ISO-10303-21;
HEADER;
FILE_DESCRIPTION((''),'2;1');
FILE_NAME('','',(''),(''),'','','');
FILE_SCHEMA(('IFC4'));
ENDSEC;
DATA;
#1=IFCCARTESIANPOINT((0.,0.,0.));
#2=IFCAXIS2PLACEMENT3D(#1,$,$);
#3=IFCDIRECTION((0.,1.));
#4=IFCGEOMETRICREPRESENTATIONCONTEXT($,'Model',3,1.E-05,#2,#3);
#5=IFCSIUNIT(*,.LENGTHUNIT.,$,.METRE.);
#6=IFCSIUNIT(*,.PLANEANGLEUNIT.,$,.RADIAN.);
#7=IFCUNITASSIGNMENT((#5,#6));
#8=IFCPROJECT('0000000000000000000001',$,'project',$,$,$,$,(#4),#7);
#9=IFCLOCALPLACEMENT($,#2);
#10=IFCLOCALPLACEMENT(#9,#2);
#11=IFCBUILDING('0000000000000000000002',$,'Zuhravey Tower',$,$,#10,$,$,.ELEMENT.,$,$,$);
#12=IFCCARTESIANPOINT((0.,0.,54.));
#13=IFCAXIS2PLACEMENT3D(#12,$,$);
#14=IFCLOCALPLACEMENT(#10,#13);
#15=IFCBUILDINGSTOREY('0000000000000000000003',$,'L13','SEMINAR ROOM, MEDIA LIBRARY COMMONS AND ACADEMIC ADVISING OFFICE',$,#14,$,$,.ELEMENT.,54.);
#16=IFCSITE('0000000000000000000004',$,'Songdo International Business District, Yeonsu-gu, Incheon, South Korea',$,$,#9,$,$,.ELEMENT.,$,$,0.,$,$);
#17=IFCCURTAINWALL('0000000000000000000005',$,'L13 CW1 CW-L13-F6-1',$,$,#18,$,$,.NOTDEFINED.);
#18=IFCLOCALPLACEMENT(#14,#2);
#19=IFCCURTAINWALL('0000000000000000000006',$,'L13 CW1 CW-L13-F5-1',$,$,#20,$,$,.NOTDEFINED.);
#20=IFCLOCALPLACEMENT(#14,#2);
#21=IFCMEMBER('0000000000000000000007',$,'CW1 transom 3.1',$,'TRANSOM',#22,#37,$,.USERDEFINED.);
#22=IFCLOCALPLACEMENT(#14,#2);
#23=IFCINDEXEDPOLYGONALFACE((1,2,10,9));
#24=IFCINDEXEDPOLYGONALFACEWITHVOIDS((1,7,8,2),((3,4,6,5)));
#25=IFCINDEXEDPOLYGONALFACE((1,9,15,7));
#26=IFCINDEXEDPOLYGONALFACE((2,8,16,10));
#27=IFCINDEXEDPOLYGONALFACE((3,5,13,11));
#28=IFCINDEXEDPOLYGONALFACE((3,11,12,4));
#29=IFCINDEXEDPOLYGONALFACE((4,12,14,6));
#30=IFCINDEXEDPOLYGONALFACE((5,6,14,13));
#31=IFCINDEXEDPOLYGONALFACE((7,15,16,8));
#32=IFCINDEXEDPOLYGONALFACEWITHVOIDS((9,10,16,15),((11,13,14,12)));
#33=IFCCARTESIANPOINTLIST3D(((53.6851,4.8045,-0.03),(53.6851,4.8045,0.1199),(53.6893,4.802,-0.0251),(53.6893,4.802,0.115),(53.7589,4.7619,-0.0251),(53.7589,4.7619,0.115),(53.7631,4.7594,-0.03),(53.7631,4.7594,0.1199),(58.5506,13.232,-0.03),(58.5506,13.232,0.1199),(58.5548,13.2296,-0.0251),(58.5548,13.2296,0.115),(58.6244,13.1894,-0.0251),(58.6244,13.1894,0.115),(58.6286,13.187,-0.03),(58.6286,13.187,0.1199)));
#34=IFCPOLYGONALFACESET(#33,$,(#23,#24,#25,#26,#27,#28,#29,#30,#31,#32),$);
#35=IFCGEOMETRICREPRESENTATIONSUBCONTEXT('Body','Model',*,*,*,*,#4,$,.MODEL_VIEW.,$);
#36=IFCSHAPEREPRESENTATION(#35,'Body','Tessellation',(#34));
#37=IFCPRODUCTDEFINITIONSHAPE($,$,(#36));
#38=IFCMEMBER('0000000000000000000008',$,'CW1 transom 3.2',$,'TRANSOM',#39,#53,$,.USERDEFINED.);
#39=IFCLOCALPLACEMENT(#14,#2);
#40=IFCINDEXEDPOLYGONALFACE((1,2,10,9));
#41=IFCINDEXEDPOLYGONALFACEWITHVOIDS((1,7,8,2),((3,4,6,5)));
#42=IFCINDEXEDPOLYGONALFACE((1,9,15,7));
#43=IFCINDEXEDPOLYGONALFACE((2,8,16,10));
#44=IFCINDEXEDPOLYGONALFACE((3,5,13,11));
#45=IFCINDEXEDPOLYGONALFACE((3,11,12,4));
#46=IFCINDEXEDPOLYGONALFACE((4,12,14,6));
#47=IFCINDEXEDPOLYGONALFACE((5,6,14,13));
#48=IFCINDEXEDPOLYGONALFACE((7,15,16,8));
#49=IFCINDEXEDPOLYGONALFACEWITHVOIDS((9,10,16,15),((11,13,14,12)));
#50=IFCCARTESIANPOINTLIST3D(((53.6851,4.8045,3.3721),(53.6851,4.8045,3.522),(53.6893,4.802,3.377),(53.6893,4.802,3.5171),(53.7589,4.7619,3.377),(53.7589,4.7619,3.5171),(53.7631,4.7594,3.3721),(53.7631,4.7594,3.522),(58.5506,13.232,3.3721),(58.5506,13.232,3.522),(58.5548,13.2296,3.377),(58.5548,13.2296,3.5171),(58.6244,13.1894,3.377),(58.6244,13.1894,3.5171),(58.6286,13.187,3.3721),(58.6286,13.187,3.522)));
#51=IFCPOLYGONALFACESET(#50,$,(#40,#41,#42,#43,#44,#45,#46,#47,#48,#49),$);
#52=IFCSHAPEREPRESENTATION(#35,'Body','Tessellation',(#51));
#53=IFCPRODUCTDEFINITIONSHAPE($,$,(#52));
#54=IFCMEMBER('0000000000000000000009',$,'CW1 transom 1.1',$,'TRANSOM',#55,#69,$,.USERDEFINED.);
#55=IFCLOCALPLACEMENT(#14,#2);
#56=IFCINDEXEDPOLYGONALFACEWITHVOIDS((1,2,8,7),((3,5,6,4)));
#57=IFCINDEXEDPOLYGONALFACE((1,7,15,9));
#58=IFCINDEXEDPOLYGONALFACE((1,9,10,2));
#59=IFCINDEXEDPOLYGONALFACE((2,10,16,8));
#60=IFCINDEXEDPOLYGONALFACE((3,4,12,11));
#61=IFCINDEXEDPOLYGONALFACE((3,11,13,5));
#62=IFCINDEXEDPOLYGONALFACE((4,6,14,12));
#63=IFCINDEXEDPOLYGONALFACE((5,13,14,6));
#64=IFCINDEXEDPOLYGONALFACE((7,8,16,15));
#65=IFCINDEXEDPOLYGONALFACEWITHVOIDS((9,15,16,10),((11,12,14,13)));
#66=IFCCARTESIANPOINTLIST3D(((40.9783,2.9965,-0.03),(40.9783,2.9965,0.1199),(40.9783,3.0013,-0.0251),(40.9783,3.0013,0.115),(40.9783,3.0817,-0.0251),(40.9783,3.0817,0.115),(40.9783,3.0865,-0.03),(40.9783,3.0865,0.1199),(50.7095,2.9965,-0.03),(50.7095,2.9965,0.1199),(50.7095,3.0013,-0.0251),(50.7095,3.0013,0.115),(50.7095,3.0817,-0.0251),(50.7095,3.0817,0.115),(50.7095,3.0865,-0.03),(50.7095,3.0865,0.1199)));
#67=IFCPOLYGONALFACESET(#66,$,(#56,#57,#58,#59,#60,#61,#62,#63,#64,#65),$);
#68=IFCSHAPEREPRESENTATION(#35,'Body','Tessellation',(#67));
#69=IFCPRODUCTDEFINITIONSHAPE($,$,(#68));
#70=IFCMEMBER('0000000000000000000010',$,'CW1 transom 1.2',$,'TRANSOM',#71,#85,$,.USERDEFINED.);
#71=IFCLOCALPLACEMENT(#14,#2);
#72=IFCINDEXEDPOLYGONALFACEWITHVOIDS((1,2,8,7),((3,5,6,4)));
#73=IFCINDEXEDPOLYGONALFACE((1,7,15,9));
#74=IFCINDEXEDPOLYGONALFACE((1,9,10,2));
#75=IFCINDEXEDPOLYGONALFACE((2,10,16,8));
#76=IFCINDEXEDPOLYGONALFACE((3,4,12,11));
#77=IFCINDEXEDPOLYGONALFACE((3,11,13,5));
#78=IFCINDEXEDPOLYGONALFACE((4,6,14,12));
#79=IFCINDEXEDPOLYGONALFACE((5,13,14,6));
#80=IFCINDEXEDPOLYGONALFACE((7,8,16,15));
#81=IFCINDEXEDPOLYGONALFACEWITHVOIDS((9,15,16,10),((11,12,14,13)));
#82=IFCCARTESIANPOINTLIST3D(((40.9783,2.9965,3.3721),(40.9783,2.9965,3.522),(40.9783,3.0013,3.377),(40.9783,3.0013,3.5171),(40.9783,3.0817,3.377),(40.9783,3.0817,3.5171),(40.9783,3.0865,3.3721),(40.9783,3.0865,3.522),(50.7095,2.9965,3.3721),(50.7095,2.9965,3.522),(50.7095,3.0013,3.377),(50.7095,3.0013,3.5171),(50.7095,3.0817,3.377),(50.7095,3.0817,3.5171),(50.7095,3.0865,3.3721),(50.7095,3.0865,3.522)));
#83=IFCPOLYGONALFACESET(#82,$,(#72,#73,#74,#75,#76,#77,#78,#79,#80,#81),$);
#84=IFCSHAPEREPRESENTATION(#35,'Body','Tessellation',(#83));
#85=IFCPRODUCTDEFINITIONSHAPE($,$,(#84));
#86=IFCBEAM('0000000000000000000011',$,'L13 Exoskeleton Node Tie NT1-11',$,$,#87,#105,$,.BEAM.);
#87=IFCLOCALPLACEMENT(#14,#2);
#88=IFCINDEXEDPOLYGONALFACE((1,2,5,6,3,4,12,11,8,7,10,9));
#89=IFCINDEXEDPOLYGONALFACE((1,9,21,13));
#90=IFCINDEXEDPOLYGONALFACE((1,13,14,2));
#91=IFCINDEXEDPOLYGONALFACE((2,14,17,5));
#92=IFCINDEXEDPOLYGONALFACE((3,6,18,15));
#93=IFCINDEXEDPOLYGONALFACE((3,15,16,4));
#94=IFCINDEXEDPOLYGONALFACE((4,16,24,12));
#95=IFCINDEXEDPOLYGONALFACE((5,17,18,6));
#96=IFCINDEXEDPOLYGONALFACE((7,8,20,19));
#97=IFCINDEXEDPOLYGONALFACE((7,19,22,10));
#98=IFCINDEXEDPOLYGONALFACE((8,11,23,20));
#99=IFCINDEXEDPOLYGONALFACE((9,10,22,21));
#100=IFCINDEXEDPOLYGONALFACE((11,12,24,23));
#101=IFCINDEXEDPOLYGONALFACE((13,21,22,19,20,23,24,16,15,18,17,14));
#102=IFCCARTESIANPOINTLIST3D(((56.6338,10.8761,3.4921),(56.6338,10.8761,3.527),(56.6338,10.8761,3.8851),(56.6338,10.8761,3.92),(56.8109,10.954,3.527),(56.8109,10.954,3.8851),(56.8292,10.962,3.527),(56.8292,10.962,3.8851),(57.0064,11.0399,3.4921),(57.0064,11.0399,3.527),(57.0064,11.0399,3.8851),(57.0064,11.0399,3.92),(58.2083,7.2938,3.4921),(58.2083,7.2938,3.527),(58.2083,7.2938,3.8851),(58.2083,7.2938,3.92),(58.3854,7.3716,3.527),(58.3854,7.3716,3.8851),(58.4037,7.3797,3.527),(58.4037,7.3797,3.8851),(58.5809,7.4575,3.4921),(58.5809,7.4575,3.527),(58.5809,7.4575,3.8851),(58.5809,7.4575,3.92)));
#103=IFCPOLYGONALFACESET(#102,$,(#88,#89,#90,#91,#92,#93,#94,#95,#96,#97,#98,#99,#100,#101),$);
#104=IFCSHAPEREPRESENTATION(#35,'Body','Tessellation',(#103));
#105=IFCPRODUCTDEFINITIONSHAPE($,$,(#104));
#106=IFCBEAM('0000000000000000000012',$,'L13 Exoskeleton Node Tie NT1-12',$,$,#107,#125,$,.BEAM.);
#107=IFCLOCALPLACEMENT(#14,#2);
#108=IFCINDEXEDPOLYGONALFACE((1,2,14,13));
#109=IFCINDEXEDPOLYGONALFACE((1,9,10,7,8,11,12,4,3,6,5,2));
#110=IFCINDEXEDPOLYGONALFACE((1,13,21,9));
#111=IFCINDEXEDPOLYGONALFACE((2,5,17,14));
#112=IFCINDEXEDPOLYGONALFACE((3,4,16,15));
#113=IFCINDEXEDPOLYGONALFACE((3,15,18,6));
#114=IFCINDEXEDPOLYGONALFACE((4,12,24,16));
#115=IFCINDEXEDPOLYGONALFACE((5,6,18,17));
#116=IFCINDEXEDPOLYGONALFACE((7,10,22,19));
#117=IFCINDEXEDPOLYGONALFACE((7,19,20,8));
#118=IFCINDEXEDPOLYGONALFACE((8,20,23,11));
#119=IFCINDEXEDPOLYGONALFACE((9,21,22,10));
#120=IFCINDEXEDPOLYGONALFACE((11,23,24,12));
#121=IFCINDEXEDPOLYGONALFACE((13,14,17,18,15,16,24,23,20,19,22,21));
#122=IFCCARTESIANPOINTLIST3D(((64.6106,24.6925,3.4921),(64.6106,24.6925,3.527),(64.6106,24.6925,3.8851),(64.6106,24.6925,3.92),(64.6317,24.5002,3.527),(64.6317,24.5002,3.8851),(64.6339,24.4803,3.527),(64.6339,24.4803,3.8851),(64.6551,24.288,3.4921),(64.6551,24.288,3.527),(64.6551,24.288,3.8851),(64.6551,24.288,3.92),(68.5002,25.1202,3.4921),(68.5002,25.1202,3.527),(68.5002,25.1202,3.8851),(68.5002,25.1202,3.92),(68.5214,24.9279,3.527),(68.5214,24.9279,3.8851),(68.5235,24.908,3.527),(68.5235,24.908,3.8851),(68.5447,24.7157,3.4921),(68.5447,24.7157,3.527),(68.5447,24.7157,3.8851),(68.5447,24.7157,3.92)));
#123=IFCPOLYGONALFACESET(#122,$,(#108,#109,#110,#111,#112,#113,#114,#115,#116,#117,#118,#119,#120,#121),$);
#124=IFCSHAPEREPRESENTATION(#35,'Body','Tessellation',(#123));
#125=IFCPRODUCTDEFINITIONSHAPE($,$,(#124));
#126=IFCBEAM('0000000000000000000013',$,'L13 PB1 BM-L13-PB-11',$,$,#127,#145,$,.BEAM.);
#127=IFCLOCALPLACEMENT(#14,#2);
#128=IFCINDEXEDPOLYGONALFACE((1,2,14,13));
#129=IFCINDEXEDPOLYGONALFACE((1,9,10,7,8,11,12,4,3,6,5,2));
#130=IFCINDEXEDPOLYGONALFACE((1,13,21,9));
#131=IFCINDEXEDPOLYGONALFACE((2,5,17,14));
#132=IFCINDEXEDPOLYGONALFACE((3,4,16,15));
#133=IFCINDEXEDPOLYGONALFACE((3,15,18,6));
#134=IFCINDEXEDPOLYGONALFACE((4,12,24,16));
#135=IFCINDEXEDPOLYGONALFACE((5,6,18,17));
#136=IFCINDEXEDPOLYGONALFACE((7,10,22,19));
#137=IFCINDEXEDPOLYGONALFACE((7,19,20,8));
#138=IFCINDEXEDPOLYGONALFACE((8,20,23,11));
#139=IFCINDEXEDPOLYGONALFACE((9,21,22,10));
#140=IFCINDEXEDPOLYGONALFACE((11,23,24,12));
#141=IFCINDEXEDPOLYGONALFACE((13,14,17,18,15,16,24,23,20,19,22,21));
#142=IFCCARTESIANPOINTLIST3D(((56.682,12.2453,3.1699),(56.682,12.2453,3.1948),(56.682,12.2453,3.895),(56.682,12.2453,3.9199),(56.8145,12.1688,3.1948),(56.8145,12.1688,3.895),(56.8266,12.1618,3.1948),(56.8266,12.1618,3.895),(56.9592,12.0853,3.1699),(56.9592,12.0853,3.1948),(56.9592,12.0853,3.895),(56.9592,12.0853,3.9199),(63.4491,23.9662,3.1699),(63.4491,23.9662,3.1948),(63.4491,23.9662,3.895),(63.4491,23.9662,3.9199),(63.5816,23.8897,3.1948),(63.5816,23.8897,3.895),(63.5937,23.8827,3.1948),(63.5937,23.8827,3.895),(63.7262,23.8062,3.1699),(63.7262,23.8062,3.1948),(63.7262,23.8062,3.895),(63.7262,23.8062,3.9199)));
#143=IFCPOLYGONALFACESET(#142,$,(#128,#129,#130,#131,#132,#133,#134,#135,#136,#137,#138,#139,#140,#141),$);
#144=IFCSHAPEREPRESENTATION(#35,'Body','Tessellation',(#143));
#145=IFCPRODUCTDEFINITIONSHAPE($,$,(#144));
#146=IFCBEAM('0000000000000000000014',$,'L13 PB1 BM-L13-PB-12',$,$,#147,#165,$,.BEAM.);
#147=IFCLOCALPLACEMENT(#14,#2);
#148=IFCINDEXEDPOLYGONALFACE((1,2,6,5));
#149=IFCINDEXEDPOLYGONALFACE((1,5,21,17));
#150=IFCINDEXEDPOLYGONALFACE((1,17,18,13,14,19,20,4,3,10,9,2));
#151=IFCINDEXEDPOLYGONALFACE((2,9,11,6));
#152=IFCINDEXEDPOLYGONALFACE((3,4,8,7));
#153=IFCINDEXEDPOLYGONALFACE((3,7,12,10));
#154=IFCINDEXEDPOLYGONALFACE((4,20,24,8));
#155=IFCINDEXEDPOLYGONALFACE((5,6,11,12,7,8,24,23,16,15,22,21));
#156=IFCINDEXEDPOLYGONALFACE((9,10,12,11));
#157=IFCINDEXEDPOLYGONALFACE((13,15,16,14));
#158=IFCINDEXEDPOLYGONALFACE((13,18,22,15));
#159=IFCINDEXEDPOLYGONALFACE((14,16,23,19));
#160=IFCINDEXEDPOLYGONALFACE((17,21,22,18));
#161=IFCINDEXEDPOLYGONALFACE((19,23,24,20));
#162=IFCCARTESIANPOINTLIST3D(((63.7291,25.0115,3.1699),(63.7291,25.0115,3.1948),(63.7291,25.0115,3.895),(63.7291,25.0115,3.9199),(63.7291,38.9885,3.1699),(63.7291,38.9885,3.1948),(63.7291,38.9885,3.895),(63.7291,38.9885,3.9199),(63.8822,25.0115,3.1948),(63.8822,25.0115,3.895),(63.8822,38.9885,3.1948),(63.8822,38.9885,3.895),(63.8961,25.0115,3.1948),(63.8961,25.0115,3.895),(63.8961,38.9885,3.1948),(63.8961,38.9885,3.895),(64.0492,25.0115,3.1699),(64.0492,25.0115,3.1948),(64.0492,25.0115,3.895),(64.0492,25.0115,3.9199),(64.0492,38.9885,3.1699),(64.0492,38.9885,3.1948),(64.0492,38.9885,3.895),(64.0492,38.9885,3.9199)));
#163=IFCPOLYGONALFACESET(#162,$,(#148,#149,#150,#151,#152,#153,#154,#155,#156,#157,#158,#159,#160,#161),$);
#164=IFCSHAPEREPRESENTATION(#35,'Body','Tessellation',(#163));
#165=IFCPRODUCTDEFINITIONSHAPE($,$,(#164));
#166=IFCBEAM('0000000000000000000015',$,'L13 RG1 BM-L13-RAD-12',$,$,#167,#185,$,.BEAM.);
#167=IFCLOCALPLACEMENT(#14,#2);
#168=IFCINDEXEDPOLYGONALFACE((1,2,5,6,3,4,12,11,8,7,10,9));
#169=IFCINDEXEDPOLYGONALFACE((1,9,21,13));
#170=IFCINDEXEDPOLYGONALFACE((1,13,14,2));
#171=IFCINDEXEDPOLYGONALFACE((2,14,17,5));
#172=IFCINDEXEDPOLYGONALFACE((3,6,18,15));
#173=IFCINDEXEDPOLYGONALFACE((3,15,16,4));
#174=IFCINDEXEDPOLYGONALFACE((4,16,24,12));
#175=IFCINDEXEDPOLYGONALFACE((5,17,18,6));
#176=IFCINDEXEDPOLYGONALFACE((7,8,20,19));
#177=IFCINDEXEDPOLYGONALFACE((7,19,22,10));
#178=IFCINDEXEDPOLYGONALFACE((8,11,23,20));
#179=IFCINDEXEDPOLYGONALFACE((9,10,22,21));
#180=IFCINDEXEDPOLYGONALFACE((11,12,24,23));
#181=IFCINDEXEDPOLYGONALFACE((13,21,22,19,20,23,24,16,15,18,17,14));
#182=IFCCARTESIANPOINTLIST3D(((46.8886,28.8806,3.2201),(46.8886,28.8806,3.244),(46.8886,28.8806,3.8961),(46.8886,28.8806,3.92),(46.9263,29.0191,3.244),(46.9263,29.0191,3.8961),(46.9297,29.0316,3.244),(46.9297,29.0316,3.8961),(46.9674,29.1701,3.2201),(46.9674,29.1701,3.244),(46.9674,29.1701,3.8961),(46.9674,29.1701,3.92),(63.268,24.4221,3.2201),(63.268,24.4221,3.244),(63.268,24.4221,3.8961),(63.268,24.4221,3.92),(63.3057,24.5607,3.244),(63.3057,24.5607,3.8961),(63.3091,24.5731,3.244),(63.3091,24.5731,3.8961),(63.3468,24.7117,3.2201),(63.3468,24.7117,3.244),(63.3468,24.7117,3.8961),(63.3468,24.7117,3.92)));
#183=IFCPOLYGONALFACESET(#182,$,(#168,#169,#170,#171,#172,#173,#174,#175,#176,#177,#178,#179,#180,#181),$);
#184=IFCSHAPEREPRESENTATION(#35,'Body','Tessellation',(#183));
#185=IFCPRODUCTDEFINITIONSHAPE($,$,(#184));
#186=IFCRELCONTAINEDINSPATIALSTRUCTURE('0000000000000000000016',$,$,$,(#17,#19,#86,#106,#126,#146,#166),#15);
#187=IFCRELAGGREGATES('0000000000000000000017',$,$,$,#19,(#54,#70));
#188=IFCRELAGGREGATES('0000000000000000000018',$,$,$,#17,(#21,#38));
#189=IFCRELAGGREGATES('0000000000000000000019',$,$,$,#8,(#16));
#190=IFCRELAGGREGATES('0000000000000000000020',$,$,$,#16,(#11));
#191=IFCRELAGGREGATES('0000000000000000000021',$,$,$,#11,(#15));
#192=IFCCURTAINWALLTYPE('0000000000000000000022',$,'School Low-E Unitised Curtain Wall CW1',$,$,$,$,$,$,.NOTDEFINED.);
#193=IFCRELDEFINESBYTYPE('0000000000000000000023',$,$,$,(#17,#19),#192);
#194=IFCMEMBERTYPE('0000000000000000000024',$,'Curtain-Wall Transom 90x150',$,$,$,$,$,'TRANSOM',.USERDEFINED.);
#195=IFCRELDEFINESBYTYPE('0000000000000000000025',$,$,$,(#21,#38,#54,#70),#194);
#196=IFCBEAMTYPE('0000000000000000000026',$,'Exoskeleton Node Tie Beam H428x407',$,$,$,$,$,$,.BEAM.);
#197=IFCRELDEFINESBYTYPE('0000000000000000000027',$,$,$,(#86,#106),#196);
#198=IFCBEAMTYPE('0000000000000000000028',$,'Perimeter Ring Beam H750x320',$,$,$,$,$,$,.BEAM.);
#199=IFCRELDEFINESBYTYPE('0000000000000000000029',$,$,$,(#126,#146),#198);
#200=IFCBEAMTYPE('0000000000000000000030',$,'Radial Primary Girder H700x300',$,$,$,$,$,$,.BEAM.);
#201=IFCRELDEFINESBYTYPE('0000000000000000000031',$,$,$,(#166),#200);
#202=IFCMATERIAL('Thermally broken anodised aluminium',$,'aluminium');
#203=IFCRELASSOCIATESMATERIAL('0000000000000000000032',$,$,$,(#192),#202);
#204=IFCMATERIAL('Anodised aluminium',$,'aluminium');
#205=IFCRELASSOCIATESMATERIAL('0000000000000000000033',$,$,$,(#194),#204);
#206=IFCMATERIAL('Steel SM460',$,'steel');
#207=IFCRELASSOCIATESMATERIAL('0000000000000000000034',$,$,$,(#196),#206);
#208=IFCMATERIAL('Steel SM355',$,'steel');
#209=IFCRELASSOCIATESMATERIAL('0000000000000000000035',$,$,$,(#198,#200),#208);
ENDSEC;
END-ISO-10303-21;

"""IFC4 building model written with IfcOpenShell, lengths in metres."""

from ifc_helpers import new_model, si_unit, direction, frame, origin, origin_2d, place, context, subcontext, project, spatial, hollow_rectangle, i_section, extrude, material, material_profile, profile_set, type_object, element, aggregate, save


model = new_model("IFC4")

# Units and contexts
model_context = context("Model", 3, precision=1e-05, world=origin(), true_north=direction((0.0, 1.0)))
body_context = subcontext(model_context, "Body", "Model", "MODEL_VIEW")
ifc_project = project(units=[si_unit("LENGTHUNIT", "METRE"), si_unit("PLANEANGLEUNIT", "RADIAN")], contexts=[model_context])

# Site, building, storey
site_placement = place(None, origin())
site = spatial("IfcSite", under=ifc_project, at=site_placement, Name="Songdo International Business District, Yeonsu-gu, Incheon, South Korea", CompositionType="ELEMENT", RefElevation=0.0)
building_placement = place(site_placement, origin())
building = spatial("IfcBuilding", under=site, at=building_placement, Name="Zuhravey Tower", CompositionType="ELEMENT")
storey_placement = place(building_placement, frame((0.0, 0.0, 54.0)))
storey = spatial("IfcBuildingStorey", under=building, at=storey_placement, Name="L13", Description="SEMINAR ROOM, MEDIA LIBRARY COMMONS AND ACADEMIC ADVISING OFFICE", CompositionType="ELEMENT", Elevation=54.0)

# Curtain wall
ifc_material_1 = material(Name="Thermally broken anodised aluminium", Category="aluminium")
curtain_wall_type = type_object("IfcCurtainWallType", Name="School Low-E Unitised Curtain Wall CW1", PredefinedType="NOTDEFINED", material=ifc_material_1)
curtain_wall_1_placement = place(storey_placement, origin())
curtain_wall_1 = element("IfcCurtainWall", 1, at=curtain_wall_1_placement, inside=storey, type_object=curtain_wall_type, Name="L13 CW1 CW-L13-F6-1", PredefinedType="NOTDEFINED")
ifc_material_2 = material(Name="Anodised aluminium", Category="aluminium")

# Curtain wall
curtain_wall_2_placement = place(storey_placement, origin())
curtain_wall_2 = element("IfcCurtainWall", 2, at=curtain_wall_2_placement, inside=storey, type_object=curtain_wall_type, Name="L13 CW1 CW-L13-F5-1", PredefinedType="NOTDEFINED")

# Members
ifc_material_profile_1 = material_profile(ifc_material_2, hollow_rectangle(XDim=0.0901, YDim=0.1499, WallThickness=0.0049, at=origin_2d()), Name="ALU-RHS-90x150x5")
ifc_profile_set_1 = profile_set([ifc_material_profile_1], Name="Anodised aluminium")
member_type_1 = type_object("IfcMemberType", Name="Curtain-Wall Transom 90x150", ElementType="TRANSOM", PredefinedType="USERDEFINED", material=ifc_profile_set_1)
member_1_placement = place(storey_placement, frame((58.5896, 13.2095, 0.0449), z_axis=(-0.49999, -0.866031, 0.0), x_axis=(0.866031, -0.49999, 0.0)))
member_1 = element("IfcMember", 3, at=member_1_placement, type_object=member_type_1, Name="CW1 transom 3.1", ObjectType="TRANSOM", PredefinedType="USERDEFINED", context=body_context, shape_type="SweptSolid", body=[
    extrude(hollow_rectangle(XDim=0.0901, YDim=0.1499, WallThickness=0.0049, at=origin_2d()), origin(), (0.0, 0.0, 1.0), 9.7312),
])
member_2_placement = place(storey_placement, frame((58.5896, 13.2095, 3.447), z_axis=(-0.49999, -0.866031, 0.0), x_axis=(0.866031, -0.49999, 0.0)))
member_2 = element("IfcMember", 4, at=member_2_placement, type_object=member_type_1, Name="CW1 transom 3.2", ObjectType="TRANSOM", PredefinedType="USERDEFINED", context=body_context, shape_type="SweptSolid", body=[
    extrude(hollow_rectangle(XDim=0.0901, YDim=0.1499, WallThickness=0.0049, at=origin_2d()), origin(), (0.0, 0.0, 1.0), 9.7312),
])
member_3_placement = place(storey_placement, frame((50.7095, 3.0415, 0.0449), z_axis=(-1.0, 0.0, 0.0), x_axis=(0.0, -1.0, 0.0)))
member_3 = element("IfcMember", 5, at=member_3_placement, type_object=member_type_1, Name="CW1 transom 1.1", ObjectType="TRANSOM", PredefinedType="USERDEFINED", context=body_context, shape_type="SweptSolid", body=[
    extrude(hollow_rectangle(XDim=0.0901, YDim=0.1499, WallThickness=0.0049, at=origin_2d()), origin(), (0.0, 0.0, 1.0), 9.7312),
])
member_4_placement = place(storey_placement, frame((50.7095, 3.0415, 3.447), z_axis=(-1.0, 0.0, 0.0), x_axis=(0.0, -1.0, 0.0)))
member_4 = element("IfcMember", 6, at=member_4_placement, type_object=member_type_1, Name="CW1 transom 1.2", ObjectType="TRANSOM", PredefinedType="USERDEFINED", context=body_context, shape_type="SweptSolid", body=[
    extrude(hollow_rectangle(XDim=0.0901, YDim=0.1499, WallThickness=0.0049, at=origin_2d()), origin(), (0.0, 0.0, 1.0), 9.7312),
])
aggregate(curtain_wall_2, [member_3, member_4])

# Beams
ifc_material_3 = material(Name="Steel SM460", Category="steel")
ifc_material_profile_2 = material_profile(ifc_material_3, i_section(OverallWidth=0.407, OverallDepth=0.428, WebThickness=0.02, FlangeThickness=0.0349, at=origin_2d()), Name="H-428x407x20x35")
ifc_profile_set_2 = profile_set([ifc_material_profile_2], Name="Steel SM460")
beam_type_1 = type_object("IfcBeamType", Name="Exoskeleton Node Tie Beam H428x407", PredefinedType="BEAM", material=ifc_profile_set_2)
for number, where, z_axis, x_axis, name in (
    (7, (56.8201, 10.958, 3.7061), (0.402366, -0.915479, 0.0), (0.915479, 0.402366, 0.0), "L13 Exoskeleton Node Tie NT1-11"),
    (8, (64.6328, 24.4902, 3.7061), (0.994008, 0.109308, 0.0), (-0.109308, 0.994008, 0.0), "L13 Exoskeleton Node Tie NT1-12"),
):
    element("IfcBeam", number, at=place(storey_placement, frame(where, z_axis=z_axis, x_axis=x_axis)), inside=storey, type_object=beam_type_1, Name=name, PredefinedType="BEAM", context=body_context, shape_type="SweptSolid", body=[
        extrude(i_section(OverallWidth=0.407, OverallDepth=0.428, WebThickness=0.02, FlangeThickness=0.0349, at=origin_2d()), origin(), (0.0, 0.0, 1.0), 3.9131),
    ])
ifc_material_4 = material(Name="Steel SM355", Category="steel")
ifc_material_profile_3 = material_profile(ifc_material_4, i_section(OverallWidth=0.3201, OverallDepth=0.75, WebThickness=0.0139, FlangeThickness=0.0249, at=origin_2d()), Name="H-750x320x14x25")
ifc_profile_set_3 = profile_set([ifc_material_profile_3], Name="Steel SM355")
beam_type_2 = type_object("IfcBeamType", Name="Perimeter Ring Beam H750x320", PredefinedType="BEAM", material=ifc_profile_set_3)
beam_1_placement = place(storey_placement, frame((56.8206, 12.1653, 3.5449), z_axis=(0.5, 0.866025, 0.0), x_axis=(-0.866025, 0.5, 0.0)))
element("IfcBeam", 9, at=beam_1_placement, inside=storey, type_object=beam_type_2, Name="L13 PB1 BM-L13-PB-11", PredefinedType="BEAM", context=body_context, shape_type="SweptSolid", body=[
    extrude(i_section(OverallWidth=0.3201, OverallDepth=0.75, WebThickness=0.0139, FlangeThickness=0.0249, at=origin_2d()), origin(), (0.0, 0.0, 1.0), 13.5342),
])
beam_2_placement = place(storey_placement, frame((63.8892, 25.0115, 3.5449), z_axis=(0.0, 1.0, 0.0), x_axis=(-1.0, 0.0, 0.0)))
element("IfcBeam", 10, at=beam_2_placement, inside=storey, type_object=beam_type_2, Name="L13 PB1 BM-L13-PB-12", PredefinedType="BEAM", context=body_context, shape_type="SweptSolid", body=[
    extrude(i_section(OverallWidth=0.3201, OverallDepth=0.75, WebThickness=0.0139, FlangeThickness=0.0249, at=origin_2d()), origin(), (0.0, 0.0, 1.0), 13.9771),
])
ifc_material_profile_4 = material_profile(ifc_material_4, i_section(OverallWidth=0.3, OverallDepth=0.7, WebThickness=0.0129, FlangeThickness=0.0239, at=origin_2d()), Name="H-700x300x13x24")
ifc_profile_set_4 = profile_set([ifc_material_profile_4], Name="Steel SM355")
beam_type_3 = type_object("IfcBeamType", Name="Radial Primary Girder H700x300", PredefinedType="BEAM", material=ifc_profile_set_4)
beam_3_placement = place(storey_placement, frame((46.928, 29.0254, 3.5701), z_axis=(0.964892, -0.262645, 0.0), x_axis=(0.262645, 0.964892, 0.0)))
element("IfcBeam", 11, at=beam_3_placement, inside=storey, type_object=beam_type_3, Name="L13 RG1 BM-L13-RAD-12", PredefinedType="BEAM", context=body_context, shape_type="SweptSolid", body=[
    extrude(i_section(OverallWidth=0.3, OverallDepth=0.7, WebThickness=0.0129, FlangeThickness=0.0239, at=origin_2d()), origin(), (0.0, 0.0, 1.0), 16.9753),
])

aggregate(curtain_wall_1, [member_1, member_2])

save(model, "model.ifc")
